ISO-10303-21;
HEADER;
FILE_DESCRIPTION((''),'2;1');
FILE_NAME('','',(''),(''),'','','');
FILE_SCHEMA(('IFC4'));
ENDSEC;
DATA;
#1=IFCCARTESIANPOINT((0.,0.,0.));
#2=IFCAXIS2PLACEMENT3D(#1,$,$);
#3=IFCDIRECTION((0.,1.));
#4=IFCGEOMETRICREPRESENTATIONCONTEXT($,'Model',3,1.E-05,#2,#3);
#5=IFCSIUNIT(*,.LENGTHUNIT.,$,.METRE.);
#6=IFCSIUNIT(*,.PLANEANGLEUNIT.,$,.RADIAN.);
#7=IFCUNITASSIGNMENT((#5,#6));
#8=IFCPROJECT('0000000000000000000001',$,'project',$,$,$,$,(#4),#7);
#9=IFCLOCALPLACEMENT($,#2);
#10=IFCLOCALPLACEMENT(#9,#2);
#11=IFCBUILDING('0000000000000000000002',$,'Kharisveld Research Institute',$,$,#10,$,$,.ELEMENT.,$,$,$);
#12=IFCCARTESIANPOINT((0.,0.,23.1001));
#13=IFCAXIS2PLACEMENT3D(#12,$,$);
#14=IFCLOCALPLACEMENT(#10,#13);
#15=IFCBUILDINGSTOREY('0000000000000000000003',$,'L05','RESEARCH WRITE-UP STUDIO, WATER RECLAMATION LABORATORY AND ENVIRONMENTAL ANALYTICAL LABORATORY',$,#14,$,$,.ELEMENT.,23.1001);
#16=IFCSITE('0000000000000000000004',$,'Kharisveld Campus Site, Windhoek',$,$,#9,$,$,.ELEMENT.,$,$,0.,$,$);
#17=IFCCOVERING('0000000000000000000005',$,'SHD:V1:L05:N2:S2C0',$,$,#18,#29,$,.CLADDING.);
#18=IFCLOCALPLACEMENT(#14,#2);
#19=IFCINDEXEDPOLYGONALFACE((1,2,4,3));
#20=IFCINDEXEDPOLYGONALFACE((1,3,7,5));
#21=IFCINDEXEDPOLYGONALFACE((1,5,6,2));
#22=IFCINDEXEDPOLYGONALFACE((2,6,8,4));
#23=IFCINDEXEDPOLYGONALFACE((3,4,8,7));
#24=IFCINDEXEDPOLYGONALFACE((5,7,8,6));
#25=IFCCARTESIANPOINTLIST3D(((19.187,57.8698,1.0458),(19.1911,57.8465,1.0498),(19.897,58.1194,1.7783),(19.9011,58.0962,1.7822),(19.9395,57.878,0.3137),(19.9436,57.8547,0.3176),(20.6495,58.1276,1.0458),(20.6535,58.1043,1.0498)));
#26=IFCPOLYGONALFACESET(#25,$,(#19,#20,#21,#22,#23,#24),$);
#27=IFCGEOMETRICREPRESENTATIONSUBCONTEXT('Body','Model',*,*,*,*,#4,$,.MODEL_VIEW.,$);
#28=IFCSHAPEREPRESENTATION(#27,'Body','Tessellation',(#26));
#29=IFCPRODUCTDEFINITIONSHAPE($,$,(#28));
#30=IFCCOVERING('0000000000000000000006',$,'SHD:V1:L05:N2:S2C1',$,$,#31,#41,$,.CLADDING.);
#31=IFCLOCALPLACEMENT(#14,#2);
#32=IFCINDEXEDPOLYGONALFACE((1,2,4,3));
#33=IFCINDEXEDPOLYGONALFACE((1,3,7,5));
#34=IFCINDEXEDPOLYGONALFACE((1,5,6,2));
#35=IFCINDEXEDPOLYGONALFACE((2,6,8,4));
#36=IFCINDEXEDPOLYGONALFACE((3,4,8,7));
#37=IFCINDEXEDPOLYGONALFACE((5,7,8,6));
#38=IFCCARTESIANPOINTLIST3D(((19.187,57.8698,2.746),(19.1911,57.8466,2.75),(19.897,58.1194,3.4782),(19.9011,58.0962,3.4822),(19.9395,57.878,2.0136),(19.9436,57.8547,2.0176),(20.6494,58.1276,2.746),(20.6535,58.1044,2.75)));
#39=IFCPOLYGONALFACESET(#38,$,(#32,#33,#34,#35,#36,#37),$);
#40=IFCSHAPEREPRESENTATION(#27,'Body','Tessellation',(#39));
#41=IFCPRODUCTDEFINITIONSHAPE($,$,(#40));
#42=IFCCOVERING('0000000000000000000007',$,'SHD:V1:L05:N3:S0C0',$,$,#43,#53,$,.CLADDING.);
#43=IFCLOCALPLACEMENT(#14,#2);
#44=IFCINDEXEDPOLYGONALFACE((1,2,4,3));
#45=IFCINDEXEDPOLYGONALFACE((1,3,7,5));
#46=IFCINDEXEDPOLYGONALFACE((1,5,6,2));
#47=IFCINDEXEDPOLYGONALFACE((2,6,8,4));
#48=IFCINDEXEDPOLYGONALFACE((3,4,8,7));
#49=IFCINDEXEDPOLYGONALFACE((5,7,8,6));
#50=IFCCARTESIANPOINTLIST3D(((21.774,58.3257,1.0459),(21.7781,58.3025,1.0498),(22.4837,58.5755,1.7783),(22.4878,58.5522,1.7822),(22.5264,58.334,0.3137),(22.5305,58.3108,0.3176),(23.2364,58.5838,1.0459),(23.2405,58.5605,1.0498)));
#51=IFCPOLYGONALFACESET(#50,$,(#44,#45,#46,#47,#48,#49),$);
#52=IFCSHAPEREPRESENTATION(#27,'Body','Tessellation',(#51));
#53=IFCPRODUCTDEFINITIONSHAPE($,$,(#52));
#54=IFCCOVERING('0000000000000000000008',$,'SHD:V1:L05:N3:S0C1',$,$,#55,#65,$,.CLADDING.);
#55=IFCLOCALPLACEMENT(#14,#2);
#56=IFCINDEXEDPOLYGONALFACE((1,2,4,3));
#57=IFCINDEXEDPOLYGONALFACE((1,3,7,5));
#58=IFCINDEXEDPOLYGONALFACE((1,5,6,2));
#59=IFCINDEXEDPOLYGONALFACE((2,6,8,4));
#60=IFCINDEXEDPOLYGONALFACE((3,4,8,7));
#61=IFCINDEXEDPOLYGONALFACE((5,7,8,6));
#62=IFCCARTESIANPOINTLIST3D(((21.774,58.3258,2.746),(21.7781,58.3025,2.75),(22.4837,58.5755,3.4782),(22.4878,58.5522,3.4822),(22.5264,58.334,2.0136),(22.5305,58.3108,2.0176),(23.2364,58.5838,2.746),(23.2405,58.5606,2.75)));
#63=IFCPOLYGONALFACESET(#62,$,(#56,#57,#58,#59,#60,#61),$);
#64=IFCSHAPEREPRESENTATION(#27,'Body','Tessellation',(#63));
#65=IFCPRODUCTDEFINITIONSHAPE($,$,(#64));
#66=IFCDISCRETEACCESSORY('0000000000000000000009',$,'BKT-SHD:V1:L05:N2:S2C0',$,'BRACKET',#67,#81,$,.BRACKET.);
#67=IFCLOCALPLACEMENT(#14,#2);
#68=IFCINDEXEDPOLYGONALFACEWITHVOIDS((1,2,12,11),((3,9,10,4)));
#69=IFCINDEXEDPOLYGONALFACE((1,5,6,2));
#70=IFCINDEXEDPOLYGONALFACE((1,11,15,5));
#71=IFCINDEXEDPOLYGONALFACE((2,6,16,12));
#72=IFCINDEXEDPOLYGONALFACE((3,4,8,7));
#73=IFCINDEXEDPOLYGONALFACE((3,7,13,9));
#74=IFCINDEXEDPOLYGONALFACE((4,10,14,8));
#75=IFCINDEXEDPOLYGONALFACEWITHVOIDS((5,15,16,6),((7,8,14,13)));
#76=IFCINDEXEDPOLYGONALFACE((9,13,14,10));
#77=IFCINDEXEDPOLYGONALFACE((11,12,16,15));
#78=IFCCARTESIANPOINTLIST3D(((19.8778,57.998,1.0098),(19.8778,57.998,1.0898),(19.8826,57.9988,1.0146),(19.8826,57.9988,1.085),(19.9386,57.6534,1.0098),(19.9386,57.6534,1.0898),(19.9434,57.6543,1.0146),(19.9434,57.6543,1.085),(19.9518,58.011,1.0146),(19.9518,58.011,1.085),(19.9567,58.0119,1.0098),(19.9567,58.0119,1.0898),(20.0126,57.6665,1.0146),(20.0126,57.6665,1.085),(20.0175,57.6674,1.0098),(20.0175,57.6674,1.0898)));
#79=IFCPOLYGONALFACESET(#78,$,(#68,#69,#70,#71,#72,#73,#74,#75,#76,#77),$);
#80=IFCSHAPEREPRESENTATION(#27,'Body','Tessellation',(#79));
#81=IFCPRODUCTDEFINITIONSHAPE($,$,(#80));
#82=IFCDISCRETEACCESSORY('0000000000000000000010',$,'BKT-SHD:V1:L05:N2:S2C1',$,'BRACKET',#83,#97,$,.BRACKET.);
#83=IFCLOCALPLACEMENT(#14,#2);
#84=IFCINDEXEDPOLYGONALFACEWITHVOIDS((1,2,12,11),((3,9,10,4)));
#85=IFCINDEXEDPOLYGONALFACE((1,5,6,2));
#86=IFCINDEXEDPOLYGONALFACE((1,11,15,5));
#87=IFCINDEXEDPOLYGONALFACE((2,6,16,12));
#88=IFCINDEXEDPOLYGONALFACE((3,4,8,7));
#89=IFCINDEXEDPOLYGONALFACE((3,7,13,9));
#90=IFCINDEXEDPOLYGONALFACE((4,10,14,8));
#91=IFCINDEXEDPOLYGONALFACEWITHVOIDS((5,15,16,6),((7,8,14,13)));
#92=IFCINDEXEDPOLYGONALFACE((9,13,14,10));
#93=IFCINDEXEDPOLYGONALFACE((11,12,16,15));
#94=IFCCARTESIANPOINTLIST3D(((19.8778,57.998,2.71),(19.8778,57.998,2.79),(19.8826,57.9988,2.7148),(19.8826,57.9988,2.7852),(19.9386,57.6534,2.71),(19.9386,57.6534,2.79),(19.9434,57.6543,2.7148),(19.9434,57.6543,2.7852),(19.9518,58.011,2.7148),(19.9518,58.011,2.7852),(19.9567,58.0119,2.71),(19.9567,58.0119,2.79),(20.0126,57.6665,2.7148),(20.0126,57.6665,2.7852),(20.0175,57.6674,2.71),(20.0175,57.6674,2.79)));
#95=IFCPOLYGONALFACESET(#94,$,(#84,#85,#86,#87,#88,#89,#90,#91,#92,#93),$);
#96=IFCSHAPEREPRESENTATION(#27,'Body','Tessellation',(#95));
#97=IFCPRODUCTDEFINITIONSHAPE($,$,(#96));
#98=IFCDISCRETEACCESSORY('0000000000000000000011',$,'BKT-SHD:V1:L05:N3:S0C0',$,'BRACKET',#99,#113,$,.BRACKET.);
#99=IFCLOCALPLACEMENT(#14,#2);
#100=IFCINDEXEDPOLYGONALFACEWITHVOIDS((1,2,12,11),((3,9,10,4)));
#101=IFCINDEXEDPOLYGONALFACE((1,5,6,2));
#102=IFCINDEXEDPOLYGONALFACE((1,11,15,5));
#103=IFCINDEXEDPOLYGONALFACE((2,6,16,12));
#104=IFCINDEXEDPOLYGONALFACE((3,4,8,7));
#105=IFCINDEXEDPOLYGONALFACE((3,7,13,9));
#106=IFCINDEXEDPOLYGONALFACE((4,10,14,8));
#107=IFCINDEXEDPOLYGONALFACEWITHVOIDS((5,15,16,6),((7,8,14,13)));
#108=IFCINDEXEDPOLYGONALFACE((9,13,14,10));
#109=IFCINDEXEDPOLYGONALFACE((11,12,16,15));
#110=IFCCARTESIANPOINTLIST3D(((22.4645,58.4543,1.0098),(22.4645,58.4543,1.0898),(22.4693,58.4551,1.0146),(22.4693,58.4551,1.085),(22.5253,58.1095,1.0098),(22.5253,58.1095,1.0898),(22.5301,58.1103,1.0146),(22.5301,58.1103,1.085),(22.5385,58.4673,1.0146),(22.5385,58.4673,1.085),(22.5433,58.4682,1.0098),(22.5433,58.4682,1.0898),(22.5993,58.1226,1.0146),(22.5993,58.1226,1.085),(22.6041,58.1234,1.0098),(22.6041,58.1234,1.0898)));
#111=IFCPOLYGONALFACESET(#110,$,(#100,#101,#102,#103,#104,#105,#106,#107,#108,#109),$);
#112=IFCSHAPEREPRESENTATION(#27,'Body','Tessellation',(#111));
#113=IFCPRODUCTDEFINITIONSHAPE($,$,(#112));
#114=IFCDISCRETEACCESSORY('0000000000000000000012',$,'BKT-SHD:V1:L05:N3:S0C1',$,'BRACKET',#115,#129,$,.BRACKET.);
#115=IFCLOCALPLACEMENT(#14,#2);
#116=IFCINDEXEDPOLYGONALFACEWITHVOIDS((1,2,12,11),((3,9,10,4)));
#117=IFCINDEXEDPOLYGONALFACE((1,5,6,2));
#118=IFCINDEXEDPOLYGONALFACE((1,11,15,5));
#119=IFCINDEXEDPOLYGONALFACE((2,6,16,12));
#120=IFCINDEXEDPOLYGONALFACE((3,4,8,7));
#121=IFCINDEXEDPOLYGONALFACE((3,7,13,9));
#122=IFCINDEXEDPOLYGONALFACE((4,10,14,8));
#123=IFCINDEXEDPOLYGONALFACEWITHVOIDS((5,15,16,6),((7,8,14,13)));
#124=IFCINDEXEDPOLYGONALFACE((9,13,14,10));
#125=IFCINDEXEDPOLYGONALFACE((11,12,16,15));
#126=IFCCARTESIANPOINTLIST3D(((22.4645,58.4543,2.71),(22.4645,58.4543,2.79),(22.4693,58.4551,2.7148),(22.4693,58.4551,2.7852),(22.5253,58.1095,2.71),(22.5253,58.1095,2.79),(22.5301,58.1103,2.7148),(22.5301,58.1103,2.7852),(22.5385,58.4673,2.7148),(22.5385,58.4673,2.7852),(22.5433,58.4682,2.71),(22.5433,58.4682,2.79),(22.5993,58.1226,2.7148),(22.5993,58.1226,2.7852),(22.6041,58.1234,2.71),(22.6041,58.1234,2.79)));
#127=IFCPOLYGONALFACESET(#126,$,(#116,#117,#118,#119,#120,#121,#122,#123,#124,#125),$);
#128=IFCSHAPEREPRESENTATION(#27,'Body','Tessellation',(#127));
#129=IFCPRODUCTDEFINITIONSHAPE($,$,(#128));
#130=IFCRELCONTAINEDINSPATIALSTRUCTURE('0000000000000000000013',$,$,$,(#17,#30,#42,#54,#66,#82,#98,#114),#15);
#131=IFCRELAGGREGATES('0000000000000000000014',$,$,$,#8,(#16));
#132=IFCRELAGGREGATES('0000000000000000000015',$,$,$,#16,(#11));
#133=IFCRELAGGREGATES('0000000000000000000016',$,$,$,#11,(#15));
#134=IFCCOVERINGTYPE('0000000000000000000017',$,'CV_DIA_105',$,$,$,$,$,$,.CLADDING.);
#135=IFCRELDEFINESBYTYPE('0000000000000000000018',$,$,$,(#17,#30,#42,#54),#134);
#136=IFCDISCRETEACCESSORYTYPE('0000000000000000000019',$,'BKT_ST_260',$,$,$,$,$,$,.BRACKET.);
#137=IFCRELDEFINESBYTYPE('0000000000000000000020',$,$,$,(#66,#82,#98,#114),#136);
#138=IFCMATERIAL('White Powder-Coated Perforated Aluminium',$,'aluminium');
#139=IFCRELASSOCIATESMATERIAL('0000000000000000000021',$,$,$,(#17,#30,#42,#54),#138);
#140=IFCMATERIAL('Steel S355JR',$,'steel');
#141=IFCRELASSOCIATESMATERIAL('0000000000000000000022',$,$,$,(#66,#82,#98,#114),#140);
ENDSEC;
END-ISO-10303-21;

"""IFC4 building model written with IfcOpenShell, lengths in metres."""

from ifc_helpers import new_model, si_unit, direction, frame, origin, origin_2d, place, context, subcontext, project, spatial, polyline, hollow_rectangle, outline, extrude, material, type_object, element, save


model = new_model("IFC4")

# Units and contexts
model_context = context("Model", 3, precision=1e-05, world=origin(), true_north=direction((0.0, 1.0)))
body_context = subcontext(model_context, "Body", "Model", "MODEL_VIEW")
ifc_project = project(units=[si_unit("LENGTHUNIT", "METRE"), si_unit("PLANEANGLEUNIT", "RADIAN")], contexts=[model_context])

# Site, building, storey
site_placement = place(None, origin())
site = spatial("IfcSite", under=ifc_project, at=site_placement, Name="Kharisveld Campus Site, Windhoek", CompositionType="ELEMENT", RefElevation=0.0)
building_placement = place(site_placement, origin())
building = spatial("IfcBuilding", under=site, at=building_placement, Name="Kharisveld Research Institute", CompositionType="ELEMENT")
storey_placement = place(building_placement, frame((0.0, 0.0, 23.1001)))
storey = spatial("IfcBuildingStorey", under=building, at=storey_placement, Name="L05", Description="RESEARCH WRITE-UP STUDIO, WATER RECLAMATION LABORATORY AND ENVIRONMENTAL ANALYTICAL LABORATORY", CompositionType="ELEMENT", Elevation=23.1001)

# Coverings
ifc_material_1 = material(Name="White Powder-Coated Perforated Aluminium", Category="aluminium")
covering_type = type_object("IfcCoveringType", Name="CV_DIA_105", PredefinedType="CLADDING")
covering_1_placement = place(storey_placement, frame((19.9436, 57.8547, 0.3176), z_axis=(0.171234, -0.971299, 0.165096), x_axis=(0.676173, 0.237734, 0.697333)))
element("IfcCovering", 1, at=covering_1_placement, inside=storey, type_object=covering_type, material=ifc_material_1, Name="SHD:V1:L05:N2:S2C0", PredefinedType="CLADDING", context=body_context, shape_type="SweptSolid", body=[
    extrude(outline(polyline([(0.0, 0.0), (1.0499, 0.0), (1.05, 1.0501), (-0.0002, 1.0499), (0.0, 0.0)])), origin(), (0.0, 0.0, -1.0), 0.0239),
])
covering_2_placement = place(storey_placement, frame((19.9436, 57.8547, 2.0176), z_axis=(0.171234, -0.971299, 0.165096), x_axis=(0.676056, 0.237732, 0.697446)))
element("IfcCovering", 2, at=covering_2_placement, inside=storey, type_object=covering_type, material=ifc_material_1, Name="SHD:V1:L05:N2:S2C1", PredefinedType="CLADDING", context=body_context, shape_type="SweptSolid", body=[
    extrude(outline(polyline([(0.0, 0.0), (1.0501, 0.0), (1.0502, 1.0499), (0.0002, 1.0501), (0.0, 0.0)])), origin(), (0.0, 0.0, -1.0), 0.0239),
])
covering_3_placement = place(storey_placement, frame((22.5305, 58.3108, 0.3176), z_axis=(0.171391, -0.971267, 0.165124), x_axis=(0.676151, 0.237863, 0.69731)))
element("IfcCovering", 3, at=covering_3_placement, inside=storey, type_object=covering_type, material=ifc_material_1, Name="SHD:V1:L05:N3:S0C0", PredefinedType="CLADDING", context=body_context, shape_type="SweptSolid", body=[
    extrude(outline(polyline([(0.0, 0.0), (1.05, 0.0), (1.0498, 1.0503), (-0.0002, 1.0499), (0.0, 0.0)])), origin(), (0.0, 0.0, -1.0), 0.0239),
])
covering_4_placement = place(storey_placement, frame((22.5305, 58.3108, 2.0176), z_axis=(0.171391, -0.971267, 0.165124), x_axis=(0.676035, 0.237861, 0.697423)))
element("IfcCovering", 4, at=covering_4_placement, inside=storey, type_object=covering_type, material=ifc_material_1, Name="SHD:V1:L05:N3:S0C1", PredefinedType="CLADDING", context=body_context, shape_type="SweptSolid", body=[
    extrude(outline(polyline([(0.0, 0.0), (1.0502, 0.0), (1.05, 1.0501), (0.0002, 1.0501), (0.0, 0.0)])), origin(), (0.0, 0.0, -1.0), 0.0239),
])

# Discrete accessories
ifc_material_2 = material(Name="Steel S355JR", Category="steel")
discrete_accessory_type = type_object("IfcDiscreteAccessoryType", Name="BKT_ST_260", PredefinedType="BRACKET")
for number, where, z_axis, x_axis, name in (
    (5, (19.978, 57.6604, 1.0498), (-0.173785, 0.984784, 0.0), (-0.984784, -0.173785, 0.0), "BKT-SHD:V1:L05:N2:S2C0"),
    (6, (19.978, 57.6604, 2.75), (-0.173785, 0.984784, 0.0), (-0.984784, -0.173785, 0.0), "BKT-SHD:V1:L05:N2:S2C1"),
):
    element("IfcDiscreteAccessory", number, at=place(storey_placement, frame(where, z_axis=z_axis, x_axis=x_axis)), inside=storey, type_object=discrete_accessory_type, material=ifc_material_2, Name=name, ObjectType="BRACKET", PredefinedType="BRACKET", context=body_context, shape_type="SweptSolid", body=[
        extrude(hollow_rectangle(XDim=0.0801, YDim=0.0801, WallThickness=0.0049, at=origin_2d()), origin(), (0.0, 0.0, 1.0), 0.3499),
    ])
for number, where, z_axis, x_axis, name in (
    (7, (22.5647, 58.1165, 1.0498), (-0.173666, 0.984805, 0.0), (-0.984805, -0.173666, 0.0), "BKT-SHD:V1:L05:N3:S0C0"),
    (8, (22.5647, 58.1165, 2.75), (-0.173666, 0.984805, 0.0), (-0.984805, -0.173666, 0.0), "BKT-SHD:V1:L05:N3:S0C1"),
):
    element("IfcDiscreteAccessory", number, at=place(storey_placement, frame(where, z_axis=z_axis, x_axis=x_axis)), inside=storey, type_object=discrete_accessory_type, material=ifc_material_2, Name=name, ObjectType="BRACKET", PredefinedType="BRACKET", context=body_context, shape_type="SweptSolid", body=[
        extrude(hollow_rectangle(XDim=0.0801, YDim=0.0801, WallThickness=0.0049, at=origin_2d()), origin(), (0.0, 0.0, 1.0), 0.3501),
    ])

save(model, "model.ifc")
